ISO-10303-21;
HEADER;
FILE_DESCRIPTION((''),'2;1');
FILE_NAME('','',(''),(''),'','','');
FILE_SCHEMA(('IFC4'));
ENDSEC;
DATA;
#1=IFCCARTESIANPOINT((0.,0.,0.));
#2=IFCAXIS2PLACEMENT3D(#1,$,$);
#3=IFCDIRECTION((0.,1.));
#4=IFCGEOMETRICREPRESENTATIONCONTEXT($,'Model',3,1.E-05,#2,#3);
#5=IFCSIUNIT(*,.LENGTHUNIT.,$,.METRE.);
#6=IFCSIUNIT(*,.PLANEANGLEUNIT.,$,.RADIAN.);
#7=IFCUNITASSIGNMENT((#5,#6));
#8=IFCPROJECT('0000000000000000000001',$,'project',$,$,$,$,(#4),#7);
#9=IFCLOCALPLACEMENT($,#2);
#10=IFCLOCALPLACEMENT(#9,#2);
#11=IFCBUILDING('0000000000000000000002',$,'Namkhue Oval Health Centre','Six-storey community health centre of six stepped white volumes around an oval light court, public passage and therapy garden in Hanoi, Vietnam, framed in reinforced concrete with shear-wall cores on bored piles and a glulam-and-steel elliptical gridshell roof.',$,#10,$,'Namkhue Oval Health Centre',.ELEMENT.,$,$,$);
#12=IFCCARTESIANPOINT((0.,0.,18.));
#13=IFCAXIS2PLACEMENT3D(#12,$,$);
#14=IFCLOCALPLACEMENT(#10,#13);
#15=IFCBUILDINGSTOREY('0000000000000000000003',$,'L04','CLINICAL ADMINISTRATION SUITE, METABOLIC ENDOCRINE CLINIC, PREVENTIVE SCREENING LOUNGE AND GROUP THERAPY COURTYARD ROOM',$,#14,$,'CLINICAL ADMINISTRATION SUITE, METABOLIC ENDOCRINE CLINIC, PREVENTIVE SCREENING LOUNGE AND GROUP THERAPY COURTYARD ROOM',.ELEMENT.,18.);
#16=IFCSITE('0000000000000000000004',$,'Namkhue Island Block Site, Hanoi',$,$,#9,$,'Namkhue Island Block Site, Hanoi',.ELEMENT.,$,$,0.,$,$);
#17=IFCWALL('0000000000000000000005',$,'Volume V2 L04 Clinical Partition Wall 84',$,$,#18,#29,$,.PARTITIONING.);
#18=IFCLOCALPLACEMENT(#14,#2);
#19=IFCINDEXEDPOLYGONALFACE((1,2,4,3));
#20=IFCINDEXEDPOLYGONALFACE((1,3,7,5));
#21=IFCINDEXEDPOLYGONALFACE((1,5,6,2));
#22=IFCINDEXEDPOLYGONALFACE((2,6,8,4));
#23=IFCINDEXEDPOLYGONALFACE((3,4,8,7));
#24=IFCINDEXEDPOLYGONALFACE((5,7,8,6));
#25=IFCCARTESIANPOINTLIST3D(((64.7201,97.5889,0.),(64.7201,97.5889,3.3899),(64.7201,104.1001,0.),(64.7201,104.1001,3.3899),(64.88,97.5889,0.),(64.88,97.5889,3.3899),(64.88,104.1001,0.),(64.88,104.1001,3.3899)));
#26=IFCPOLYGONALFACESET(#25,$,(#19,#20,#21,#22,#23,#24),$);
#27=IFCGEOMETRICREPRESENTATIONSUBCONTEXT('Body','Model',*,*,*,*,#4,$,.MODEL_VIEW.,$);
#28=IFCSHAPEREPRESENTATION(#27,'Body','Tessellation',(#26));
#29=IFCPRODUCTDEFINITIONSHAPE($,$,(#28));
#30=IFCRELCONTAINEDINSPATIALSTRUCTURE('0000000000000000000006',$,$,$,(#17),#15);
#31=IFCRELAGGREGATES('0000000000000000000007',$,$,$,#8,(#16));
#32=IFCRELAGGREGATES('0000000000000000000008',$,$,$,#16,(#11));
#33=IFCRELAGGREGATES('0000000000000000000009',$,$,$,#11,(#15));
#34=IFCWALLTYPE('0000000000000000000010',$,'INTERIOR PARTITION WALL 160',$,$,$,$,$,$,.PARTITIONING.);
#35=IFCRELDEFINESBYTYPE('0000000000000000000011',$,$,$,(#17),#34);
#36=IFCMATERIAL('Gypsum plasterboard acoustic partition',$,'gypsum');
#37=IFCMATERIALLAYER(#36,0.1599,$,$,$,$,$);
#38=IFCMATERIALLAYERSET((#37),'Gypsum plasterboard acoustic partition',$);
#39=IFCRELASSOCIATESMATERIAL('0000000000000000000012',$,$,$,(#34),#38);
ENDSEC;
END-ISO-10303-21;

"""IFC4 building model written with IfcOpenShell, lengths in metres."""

from ifc_helpers import new_model, si_unit, direction, frame, frame_2d, origin, place, context, subcontext, project, spatial, rectangle, extrude, material, layer, layer_set, type_object, element, save


model = new_model("IFC4")

# Units and contexts
model_context = context("Model", 3, precision=1e-05, world=origin(), true_north=direction((0.0, 1.0)))
body_context = subcontext(model_context, "Body", "Model", "MODEL_VIEW")
ifc_project = project(units=[si_unit("LENGTHUNIT", "METRE"), si_unit("PLANEANGLEUNIT", "RADIAN")], contexts=[model_context])

# Site, building, storey
site_placement = place(None, origin())
site = spatial("IfcSite", under=ifc_project, at=site_placement, Name="Namkhue Island Block Site, Hanoi", LongName="Namkhue Island Block Site, Hanoi", CompositionType="ELEMENT", RefElevation=0.0)
building_placement = place(site_placement, origin())
building = spatial("IfcBuilding", under=site, at=building_placement, Name="Namkhue Oval Health Centre", Description="Six-storey community health centre of six stepped white volumes around an oval light court, public passage and therapy garden in Hanoi, Vietnam, framed in reinforced concrete with shear-wall cores on bored piles and a glulam-and-steel elliptical gridshell roof.", LongName="Namkhue Oval Health Centre", CompositionType="ELEMENT")
storey_placement = place(building_placement, frame((0.0, 0.0, 18.0)))
storey = spatial("IfcBuildingStorey", under=building, at=storey_placement, Name="L04", Description="CLINICAL ADMINISTRATION SUITE, METABOLIC ENDOCRINE CLINIC, PREVENTIVE SCREENING LOUNGE AND GROUP THERAPY COURTYARD ROOM", LongName="CLINICAL ADMINISTRATION SUITE, METABOLIC ENDOCRINE CLINIC, PREVENTIVE SCREENING LOUNGE AND GROUP THERAPY COURTYARD ROOM", CompositionType="ELEMENT", Elevation=18.0)

# Wall
ifc_material_1 = material(Name="Gypsum plasterboard acoustic partition", Category="gypsum")
ifc_layer_1 = layer(ifc_material_1, 0.1599)
ifc_layer_set_1 = layer_set([ifc_layer_1], Name="Gypsum plasterboard acoustic partition")
wall_type_1 = type_object("IfcWallType", Name="INTERIOR PARTITION WALL 160", PredefinedType="PARTITIONING", material=ifc_layer_set_1)
wall_1_placement = place(storey_placement, frame((64.8, 97.5889, 0.0), z_axis=(0.0, 0.0, 1.0), x_axis=(0.0, 1.0, 0.0)))
element("IfcWall", 1, at=wall_1_placement, inside=storey, type_object=wall_type_1, Name="Volume V2 L04 Clinical Partition Wall 84", PredefinedType="PARTITIONING", context=body_context, shape_type="SweptSolid", body=[
    extrude(rectangle(XDim=6.5112, YDim=0.1599, at=frame_2d((3.2556, 0.0))), origin(), (0.0, 0.0, 1.0), 3.3899),
])

save(model, "model.ifc")
